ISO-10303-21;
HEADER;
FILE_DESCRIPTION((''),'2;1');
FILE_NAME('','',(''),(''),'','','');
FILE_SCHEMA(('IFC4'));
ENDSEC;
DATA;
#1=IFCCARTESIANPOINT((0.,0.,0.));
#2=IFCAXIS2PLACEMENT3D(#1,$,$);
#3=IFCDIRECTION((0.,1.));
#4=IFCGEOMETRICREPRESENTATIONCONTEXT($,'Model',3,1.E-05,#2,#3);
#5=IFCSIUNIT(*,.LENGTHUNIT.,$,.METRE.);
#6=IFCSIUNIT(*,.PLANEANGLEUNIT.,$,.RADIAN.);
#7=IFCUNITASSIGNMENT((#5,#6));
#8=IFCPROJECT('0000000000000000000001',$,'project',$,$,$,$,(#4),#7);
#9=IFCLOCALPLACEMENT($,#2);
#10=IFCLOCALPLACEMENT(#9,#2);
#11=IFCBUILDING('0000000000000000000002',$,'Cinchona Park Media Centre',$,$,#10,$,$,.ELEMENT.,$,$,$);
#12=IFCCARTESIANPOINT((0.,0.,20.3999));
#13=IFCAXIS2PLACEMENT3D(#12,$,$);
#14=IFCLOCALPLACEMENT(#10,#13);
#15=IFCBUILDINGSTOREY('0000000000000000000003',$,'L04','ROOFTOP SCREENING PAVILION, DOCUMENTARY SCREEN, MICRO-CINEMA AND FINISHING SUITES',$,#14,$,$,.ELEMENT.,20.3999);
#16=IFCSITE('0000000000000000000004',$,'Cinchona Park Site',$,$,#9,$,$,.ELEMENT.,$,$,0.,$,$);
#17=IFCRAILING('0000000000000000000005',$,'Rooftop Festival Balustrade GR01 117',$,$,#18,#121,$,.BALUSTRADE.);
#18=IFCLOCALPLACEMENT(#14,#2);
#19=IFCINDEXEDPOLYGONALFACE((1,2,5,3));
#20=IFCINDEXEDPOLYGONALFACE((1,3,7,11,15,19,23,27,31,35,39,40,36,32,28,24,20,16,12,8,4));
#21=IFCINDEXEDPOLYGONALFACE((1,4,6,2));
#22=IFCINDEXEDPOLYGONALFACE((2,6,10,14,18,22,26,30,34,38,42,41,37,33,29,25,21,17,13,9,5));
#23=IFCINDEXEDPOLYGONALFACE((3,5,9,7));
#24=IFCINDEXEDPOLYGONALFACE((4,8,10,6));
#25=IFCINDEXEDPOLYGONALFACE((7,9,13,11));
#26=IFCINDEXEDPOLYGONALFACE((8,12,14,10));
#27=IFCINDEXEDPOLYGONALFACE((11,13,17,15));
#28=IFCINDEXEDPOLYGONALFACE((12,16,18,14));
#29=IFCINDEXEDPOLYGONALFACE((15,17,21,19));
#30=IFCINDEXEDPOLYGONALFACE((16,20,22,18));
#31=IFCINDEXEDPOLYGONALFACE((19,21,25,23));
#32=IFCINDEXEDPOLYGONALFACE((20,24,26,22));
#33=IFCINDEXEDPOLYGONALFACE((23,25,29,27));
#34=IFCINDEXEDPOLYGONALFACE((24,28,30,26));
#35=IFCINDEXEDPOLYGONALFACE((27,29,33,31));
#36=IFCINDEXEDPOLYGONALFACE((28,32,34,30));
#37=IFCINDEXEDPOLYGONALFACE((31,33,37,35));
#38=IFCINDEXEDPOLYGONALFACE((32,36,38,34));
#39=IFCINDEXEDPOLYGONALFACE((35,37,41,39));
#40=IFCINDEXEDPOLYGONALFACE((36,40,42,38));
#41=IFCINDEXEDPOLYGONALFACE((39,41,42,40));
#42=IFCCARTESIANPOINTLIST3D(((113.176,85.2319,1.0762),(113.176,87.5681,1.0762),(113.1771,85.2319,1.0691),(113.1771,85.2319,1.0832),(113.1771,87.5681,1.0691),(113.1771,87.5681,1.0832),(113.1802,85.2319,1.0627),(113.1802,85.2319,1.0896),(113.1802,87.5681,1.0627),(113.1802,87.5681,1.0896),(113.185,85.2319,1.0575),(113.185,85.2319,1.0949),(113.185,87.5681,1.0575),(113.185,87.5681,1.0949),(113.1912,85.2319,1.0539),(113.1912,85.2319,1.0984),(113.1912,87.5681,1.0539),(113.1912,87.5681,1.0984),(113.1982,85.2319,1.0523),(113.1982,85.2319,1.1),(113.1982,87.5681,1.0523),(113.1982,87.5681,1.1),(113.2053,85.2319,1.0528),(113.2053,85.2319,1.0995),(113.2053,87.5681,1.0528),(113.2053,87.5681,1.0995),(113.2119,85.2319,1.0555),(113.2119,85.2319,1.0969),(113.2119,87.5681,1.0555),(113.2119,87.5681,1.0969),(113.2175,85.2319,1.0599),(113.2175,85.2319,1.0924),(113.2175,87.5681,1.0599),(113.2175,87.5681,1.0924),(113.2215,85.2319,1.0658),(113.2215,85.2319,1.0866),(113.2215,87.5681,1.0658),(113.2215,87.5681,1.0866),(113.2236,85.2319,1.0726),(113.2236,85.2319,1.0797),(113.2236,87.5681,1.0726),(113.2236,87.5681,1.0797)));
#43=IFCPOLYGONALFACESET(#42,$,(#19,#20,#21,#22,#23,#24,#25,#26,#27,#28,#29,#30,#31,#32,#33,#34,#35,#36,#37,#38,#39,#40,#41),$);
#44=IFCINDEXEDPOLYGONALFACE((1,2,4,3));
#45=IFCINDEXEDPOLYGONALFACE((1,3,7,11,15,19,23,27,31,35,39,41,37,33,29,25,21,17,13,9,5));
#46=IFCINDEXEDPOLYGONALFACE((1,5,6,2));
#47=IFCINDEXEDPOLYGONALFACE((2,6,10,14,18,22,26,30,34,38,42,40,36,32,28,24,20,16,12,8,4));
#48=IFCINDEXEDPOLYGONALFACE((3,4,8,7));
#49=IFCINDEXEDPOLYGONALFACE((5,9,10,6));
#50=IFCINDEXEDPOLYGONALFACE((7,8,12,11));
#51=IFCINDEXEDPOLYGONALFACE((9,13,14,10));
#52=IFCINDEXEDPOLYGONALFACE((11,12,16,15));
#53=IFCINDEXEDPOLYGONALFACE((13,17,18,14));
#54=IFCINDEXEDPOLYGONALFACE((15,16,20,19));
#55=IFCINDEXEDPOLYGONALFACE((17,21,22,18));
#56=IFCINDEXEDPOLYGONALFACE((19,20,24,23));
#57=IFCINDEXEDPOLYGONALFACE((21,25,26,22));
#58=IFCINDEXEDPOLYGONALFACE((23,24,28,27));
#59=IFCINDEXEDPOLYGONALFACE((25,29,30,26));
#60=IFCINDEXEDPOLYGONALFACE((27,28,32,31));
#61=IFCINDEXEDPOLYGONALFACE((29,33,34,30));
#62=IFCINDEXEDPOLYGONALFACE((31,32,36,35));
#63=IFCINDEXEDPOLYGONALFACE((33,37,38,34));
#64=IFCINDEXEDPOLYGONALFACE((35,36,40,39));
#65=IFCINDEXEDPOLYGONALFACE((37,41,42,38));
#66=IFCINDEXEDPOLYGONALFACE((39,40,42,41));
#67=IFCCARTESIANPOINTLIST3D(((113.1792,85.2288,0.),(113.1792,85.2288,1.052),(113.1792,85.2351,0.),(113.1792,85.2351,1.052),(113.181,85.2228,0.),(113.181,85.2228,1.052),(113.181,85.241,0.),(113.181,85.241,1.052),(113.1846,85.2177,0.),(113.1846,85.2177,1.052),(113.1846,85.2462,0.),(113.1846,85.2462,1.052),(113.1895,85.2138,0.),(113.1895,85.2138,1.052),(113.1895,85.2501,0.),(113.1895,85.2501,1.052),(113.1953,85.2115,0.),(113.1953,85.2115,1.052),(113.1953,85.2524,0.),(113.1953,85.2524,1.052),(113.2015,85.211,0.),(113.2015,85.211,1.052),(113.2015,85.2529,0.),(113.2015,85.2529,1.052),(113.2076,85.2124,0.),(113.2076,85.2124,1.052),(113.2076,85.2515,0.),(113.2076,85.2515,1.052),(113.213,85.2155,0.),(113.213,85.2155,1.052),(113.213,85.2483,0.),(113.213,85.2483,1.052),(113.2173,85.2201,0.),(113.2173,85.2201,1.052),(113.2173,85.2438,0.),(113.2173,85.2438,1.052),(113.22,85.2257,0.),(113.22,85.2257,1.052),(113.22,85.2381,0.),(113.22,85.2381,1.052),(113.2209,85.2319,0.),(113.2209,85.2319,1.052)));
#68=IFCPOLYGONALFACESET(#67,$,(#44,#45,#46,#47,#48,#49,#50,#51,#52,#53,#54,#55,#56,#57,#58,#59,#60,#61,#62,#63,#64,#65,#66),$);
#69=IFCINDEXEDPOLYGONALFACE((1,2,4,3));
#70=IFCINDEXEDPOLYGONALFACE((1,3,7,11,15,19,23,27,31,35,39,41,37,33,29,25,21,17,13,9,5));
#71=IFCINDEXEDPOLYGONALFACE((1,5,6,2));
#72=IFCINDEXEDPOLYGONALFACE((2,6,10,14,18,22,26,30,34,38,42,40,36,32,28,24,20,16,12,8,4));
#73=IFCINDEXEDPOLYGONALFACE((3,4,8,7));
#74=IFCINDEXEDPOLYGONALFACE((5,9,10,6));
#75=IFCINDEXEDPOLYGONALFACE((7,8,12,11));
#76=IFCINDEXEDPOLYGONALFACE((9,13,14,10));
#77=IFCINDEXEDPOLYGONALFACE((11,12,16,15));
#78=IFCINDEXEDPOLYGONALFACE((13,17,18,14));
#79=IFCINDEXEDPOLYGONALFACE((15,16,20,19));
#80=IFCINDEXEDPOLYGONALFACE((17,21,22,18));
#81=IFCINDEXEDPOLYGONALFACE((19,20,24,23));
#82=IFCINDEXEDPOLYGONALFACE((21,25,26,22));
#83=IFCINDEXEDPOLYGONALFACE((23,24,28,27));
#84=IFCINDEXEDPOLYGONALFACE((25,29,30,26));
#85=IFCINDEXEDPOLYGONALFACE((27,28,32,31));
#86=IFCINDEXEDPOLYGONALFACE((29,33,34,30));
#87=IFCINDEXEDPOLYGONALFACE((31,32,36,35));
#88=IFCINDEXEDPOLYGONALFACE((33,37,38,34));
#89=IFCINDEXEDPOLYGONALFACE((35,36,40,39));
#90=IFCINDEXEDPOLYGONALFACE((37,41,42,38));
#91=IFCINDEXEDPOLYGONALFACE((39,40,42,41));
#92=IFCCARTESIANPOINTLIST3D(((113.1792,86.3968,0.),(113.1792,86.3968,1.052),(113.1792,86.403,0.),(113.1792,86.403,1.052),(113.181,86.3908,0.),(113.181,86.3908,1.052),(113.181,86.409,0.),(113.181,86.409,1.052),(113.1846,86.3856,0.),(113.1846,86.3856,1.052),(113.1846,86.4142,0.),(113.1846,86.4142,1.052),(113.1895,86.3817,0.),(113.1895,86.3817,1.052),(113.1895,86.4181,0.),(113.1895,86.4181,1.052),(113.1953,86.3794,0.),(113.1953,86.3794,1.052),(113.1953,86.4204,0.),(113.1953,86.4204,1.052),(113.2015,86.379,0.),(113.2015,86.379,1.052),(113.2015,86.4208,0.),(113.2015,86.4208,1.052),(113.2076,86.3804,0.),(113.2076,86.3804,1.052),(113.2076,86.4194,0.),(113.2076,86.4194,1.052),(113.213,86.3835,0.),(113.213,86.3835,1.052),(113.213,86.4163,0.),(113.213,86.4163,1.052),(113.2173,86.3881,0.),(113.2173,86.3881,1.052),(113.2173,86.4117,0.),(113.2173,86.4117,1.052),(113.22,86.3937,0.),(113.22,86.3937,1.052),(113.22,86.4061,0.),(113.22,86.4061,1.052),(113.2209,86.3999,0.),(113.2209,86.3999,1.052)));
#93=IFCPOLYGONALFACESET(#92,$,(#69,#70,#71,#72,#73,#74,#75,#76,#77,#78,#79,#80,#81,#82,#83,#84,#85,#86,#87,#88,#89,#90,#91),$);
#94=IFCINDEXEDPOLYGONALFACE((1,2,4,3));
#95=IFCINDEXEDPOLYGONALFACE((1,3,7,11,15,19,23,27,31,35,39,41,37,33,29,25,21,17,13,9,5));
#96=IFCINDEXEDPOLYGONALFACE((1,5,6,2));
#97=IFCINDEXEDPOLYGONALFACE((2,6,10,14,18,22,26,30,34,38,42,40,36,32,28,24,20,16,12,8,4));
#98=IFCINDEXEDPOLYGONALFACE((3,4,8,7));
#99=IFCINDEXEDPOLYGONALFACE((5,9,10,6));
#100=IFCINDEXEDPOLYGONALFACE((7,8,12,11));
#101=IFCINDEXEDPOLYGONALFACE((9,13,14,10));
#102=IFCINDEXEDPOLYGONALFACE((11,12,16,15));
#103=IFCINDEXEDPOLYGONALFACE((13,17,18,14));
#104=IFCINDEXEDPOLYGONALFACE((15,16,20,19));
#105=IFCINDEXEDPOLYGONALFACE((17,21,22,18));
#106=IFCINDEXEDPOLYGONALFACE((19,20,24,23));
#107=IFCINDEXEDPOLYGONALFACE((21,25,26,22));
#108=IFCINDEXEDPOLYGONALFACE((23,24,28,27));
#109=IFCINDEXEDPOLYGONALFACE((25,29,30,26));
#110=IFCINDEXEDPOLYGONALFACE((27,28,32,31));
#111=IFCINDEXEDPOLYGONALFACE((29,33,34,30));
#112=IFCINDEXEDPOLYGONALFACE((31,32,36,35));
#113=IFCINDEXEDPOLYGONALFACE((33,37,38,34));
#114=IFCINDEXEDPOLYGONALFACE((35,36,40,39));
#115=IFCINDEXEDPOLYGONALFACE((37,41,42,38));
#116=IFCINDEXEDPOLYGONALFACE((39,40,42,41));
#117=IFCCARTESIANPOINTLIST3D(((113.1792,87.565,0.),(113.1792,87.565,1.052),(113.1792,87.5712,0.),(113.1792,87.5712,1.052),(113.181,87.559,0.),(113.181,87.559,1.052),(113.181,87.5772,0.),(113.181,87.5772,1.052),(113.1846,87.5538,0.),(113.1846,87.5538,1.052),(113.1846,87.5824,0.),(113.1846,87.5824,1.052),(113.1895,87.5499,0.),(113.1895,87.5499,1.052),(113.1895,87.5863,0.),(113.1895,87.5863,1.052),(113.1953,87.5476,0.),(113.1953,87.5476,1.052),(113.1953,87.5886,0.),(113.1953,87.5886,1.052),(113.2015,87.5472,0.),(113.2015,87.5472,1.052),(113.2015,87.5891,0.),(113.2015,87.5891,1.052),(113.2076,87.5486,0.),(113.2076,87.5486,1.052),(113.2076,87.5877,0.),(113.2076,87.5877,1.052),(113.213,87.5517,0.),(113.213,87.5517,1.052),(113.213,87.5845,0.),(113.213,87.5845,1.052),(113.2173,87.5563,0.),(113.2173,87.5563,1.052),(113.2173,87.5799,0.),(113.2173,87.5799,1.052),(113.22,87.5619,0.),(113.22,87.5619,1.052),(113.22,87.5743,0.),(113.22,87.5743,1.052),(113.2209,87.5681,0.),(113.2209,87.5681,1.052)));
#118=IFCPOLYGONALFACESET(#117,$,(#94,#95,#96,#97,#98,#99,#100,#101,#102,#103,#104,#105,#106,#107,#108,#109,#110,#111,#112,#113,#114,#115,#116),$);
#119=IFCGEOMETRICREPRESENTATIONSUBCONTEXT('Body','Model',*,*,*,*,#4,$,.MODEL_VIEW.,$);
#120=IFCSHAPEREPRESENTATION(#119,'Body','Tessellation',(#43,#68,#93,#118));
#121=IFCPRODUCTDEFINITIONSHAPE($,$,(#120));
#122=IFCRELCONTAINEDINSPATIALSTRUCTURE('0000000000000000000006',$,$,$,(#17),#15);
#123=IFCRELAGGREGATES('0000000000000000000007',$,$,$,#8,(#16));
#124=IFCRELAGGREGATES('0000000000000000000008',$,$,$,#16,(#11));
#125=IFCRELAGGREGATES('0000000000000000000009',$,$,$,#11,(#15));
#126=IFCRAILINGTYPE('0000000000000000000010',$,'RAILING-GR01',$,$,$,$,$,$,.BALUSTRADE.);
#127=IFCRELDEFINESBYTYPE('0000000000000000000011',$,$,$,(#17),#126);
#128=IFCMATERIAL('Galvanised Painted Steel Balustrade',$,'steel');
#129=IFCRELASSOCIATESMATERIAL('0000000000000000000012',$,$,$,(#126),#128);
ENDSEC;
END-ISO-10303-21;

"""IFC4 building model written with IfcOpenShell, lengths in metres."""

from ifc_helpers import new_model, si_unit, direction, frame, origin, origin_2d, place, context, subcontext, project, spatial, circle, extrude, material, type_object, element, save


model = new_model("IFC4")

# Units and contexts
model_context = context("Model", 3, precision=1e-05, world=origin(), true_north=direction((0.0, 1.0)))
body_context = subcontext(model_context, "Body", "Model", "MODEL_VIEW")
ifc_project = project(units=[si_unit("LENGTHUNIT", "METRE"), si_unit("PLANEANGLEUNIT", "RADIAN")], contexts=[model_context])

# Site, building, storey
site_placement = place(None, origin())
site = spatial("IfcSite", under=ifc_project, at=site_placement, Name="Cinchona Park Site", CompositionType="ELEMENT", RefElevation=0.0)
building_placement = place(site_placement, origin())
building = spatial("IfcBuilding", under=site, at=building_placement, Name="Cinchona Park Media Centre", CompositionType="ELEMENT")
storey_placement = place(building_placement, frame((0.0, 0.0, 20.3999)))
storey = spatial("IfcBuildingStorey", under=building, at=storey_placement, Name="L04", Description="ROOFTOP SCREENING PAVILION, DOCUMENTARY SCREEN, MICRO-CINEMA AND FINISHING SUITES", CompositionType="ELEMENT", Elevation=20.3999)

# Railing
ifc_material_1 = material(Name="Galvanised Painted Steel Balustrade", Category="steel")
railing_type = type_object("IfcRailingType", Name="RAILING-GR01", PredefinedType="BALUSTRADE", material=ifc_material_1)
railing_1_placement = place(storey_placement, frame((113.2, 85.2319, 0.0)))
element("IfcRailing", 1, at=railing_1_placement, inside=storey, type_object=railing_type, Name="Rooftop Festival Balustrade GR01 117", PredefinedType="BALUSTRADE", context=body_context, shape_type="SweptSolid", body=[
    extrude(circle(Radius=0.0239, at=origin_2d()), frame((0.0, 0.0, 1.0762), z_axis=(0.0, 1.0, 0.0), x_axis=(-1.0, 0.0, 0.0)), (0.0, 0.0, 1.0), 2.3362),
    extrude(circle(Radius=0.021, at=origin_2d()), origin(), (0.0, 0.0, 1.0), 1.052),
    extrude(circle(Radius=0.021, at=origin_2d()), frame((0.0, 1.168, 0.0)), (0.0, 0.0, 1.0), 1.052),
    extrude(circle(Radius=0.021, at=origin_2d()), frame((0.0, 2.3362, 0.0)), (0.0, 0.0, 1.0), 1.052),
])

save(model, "model.ifc")
